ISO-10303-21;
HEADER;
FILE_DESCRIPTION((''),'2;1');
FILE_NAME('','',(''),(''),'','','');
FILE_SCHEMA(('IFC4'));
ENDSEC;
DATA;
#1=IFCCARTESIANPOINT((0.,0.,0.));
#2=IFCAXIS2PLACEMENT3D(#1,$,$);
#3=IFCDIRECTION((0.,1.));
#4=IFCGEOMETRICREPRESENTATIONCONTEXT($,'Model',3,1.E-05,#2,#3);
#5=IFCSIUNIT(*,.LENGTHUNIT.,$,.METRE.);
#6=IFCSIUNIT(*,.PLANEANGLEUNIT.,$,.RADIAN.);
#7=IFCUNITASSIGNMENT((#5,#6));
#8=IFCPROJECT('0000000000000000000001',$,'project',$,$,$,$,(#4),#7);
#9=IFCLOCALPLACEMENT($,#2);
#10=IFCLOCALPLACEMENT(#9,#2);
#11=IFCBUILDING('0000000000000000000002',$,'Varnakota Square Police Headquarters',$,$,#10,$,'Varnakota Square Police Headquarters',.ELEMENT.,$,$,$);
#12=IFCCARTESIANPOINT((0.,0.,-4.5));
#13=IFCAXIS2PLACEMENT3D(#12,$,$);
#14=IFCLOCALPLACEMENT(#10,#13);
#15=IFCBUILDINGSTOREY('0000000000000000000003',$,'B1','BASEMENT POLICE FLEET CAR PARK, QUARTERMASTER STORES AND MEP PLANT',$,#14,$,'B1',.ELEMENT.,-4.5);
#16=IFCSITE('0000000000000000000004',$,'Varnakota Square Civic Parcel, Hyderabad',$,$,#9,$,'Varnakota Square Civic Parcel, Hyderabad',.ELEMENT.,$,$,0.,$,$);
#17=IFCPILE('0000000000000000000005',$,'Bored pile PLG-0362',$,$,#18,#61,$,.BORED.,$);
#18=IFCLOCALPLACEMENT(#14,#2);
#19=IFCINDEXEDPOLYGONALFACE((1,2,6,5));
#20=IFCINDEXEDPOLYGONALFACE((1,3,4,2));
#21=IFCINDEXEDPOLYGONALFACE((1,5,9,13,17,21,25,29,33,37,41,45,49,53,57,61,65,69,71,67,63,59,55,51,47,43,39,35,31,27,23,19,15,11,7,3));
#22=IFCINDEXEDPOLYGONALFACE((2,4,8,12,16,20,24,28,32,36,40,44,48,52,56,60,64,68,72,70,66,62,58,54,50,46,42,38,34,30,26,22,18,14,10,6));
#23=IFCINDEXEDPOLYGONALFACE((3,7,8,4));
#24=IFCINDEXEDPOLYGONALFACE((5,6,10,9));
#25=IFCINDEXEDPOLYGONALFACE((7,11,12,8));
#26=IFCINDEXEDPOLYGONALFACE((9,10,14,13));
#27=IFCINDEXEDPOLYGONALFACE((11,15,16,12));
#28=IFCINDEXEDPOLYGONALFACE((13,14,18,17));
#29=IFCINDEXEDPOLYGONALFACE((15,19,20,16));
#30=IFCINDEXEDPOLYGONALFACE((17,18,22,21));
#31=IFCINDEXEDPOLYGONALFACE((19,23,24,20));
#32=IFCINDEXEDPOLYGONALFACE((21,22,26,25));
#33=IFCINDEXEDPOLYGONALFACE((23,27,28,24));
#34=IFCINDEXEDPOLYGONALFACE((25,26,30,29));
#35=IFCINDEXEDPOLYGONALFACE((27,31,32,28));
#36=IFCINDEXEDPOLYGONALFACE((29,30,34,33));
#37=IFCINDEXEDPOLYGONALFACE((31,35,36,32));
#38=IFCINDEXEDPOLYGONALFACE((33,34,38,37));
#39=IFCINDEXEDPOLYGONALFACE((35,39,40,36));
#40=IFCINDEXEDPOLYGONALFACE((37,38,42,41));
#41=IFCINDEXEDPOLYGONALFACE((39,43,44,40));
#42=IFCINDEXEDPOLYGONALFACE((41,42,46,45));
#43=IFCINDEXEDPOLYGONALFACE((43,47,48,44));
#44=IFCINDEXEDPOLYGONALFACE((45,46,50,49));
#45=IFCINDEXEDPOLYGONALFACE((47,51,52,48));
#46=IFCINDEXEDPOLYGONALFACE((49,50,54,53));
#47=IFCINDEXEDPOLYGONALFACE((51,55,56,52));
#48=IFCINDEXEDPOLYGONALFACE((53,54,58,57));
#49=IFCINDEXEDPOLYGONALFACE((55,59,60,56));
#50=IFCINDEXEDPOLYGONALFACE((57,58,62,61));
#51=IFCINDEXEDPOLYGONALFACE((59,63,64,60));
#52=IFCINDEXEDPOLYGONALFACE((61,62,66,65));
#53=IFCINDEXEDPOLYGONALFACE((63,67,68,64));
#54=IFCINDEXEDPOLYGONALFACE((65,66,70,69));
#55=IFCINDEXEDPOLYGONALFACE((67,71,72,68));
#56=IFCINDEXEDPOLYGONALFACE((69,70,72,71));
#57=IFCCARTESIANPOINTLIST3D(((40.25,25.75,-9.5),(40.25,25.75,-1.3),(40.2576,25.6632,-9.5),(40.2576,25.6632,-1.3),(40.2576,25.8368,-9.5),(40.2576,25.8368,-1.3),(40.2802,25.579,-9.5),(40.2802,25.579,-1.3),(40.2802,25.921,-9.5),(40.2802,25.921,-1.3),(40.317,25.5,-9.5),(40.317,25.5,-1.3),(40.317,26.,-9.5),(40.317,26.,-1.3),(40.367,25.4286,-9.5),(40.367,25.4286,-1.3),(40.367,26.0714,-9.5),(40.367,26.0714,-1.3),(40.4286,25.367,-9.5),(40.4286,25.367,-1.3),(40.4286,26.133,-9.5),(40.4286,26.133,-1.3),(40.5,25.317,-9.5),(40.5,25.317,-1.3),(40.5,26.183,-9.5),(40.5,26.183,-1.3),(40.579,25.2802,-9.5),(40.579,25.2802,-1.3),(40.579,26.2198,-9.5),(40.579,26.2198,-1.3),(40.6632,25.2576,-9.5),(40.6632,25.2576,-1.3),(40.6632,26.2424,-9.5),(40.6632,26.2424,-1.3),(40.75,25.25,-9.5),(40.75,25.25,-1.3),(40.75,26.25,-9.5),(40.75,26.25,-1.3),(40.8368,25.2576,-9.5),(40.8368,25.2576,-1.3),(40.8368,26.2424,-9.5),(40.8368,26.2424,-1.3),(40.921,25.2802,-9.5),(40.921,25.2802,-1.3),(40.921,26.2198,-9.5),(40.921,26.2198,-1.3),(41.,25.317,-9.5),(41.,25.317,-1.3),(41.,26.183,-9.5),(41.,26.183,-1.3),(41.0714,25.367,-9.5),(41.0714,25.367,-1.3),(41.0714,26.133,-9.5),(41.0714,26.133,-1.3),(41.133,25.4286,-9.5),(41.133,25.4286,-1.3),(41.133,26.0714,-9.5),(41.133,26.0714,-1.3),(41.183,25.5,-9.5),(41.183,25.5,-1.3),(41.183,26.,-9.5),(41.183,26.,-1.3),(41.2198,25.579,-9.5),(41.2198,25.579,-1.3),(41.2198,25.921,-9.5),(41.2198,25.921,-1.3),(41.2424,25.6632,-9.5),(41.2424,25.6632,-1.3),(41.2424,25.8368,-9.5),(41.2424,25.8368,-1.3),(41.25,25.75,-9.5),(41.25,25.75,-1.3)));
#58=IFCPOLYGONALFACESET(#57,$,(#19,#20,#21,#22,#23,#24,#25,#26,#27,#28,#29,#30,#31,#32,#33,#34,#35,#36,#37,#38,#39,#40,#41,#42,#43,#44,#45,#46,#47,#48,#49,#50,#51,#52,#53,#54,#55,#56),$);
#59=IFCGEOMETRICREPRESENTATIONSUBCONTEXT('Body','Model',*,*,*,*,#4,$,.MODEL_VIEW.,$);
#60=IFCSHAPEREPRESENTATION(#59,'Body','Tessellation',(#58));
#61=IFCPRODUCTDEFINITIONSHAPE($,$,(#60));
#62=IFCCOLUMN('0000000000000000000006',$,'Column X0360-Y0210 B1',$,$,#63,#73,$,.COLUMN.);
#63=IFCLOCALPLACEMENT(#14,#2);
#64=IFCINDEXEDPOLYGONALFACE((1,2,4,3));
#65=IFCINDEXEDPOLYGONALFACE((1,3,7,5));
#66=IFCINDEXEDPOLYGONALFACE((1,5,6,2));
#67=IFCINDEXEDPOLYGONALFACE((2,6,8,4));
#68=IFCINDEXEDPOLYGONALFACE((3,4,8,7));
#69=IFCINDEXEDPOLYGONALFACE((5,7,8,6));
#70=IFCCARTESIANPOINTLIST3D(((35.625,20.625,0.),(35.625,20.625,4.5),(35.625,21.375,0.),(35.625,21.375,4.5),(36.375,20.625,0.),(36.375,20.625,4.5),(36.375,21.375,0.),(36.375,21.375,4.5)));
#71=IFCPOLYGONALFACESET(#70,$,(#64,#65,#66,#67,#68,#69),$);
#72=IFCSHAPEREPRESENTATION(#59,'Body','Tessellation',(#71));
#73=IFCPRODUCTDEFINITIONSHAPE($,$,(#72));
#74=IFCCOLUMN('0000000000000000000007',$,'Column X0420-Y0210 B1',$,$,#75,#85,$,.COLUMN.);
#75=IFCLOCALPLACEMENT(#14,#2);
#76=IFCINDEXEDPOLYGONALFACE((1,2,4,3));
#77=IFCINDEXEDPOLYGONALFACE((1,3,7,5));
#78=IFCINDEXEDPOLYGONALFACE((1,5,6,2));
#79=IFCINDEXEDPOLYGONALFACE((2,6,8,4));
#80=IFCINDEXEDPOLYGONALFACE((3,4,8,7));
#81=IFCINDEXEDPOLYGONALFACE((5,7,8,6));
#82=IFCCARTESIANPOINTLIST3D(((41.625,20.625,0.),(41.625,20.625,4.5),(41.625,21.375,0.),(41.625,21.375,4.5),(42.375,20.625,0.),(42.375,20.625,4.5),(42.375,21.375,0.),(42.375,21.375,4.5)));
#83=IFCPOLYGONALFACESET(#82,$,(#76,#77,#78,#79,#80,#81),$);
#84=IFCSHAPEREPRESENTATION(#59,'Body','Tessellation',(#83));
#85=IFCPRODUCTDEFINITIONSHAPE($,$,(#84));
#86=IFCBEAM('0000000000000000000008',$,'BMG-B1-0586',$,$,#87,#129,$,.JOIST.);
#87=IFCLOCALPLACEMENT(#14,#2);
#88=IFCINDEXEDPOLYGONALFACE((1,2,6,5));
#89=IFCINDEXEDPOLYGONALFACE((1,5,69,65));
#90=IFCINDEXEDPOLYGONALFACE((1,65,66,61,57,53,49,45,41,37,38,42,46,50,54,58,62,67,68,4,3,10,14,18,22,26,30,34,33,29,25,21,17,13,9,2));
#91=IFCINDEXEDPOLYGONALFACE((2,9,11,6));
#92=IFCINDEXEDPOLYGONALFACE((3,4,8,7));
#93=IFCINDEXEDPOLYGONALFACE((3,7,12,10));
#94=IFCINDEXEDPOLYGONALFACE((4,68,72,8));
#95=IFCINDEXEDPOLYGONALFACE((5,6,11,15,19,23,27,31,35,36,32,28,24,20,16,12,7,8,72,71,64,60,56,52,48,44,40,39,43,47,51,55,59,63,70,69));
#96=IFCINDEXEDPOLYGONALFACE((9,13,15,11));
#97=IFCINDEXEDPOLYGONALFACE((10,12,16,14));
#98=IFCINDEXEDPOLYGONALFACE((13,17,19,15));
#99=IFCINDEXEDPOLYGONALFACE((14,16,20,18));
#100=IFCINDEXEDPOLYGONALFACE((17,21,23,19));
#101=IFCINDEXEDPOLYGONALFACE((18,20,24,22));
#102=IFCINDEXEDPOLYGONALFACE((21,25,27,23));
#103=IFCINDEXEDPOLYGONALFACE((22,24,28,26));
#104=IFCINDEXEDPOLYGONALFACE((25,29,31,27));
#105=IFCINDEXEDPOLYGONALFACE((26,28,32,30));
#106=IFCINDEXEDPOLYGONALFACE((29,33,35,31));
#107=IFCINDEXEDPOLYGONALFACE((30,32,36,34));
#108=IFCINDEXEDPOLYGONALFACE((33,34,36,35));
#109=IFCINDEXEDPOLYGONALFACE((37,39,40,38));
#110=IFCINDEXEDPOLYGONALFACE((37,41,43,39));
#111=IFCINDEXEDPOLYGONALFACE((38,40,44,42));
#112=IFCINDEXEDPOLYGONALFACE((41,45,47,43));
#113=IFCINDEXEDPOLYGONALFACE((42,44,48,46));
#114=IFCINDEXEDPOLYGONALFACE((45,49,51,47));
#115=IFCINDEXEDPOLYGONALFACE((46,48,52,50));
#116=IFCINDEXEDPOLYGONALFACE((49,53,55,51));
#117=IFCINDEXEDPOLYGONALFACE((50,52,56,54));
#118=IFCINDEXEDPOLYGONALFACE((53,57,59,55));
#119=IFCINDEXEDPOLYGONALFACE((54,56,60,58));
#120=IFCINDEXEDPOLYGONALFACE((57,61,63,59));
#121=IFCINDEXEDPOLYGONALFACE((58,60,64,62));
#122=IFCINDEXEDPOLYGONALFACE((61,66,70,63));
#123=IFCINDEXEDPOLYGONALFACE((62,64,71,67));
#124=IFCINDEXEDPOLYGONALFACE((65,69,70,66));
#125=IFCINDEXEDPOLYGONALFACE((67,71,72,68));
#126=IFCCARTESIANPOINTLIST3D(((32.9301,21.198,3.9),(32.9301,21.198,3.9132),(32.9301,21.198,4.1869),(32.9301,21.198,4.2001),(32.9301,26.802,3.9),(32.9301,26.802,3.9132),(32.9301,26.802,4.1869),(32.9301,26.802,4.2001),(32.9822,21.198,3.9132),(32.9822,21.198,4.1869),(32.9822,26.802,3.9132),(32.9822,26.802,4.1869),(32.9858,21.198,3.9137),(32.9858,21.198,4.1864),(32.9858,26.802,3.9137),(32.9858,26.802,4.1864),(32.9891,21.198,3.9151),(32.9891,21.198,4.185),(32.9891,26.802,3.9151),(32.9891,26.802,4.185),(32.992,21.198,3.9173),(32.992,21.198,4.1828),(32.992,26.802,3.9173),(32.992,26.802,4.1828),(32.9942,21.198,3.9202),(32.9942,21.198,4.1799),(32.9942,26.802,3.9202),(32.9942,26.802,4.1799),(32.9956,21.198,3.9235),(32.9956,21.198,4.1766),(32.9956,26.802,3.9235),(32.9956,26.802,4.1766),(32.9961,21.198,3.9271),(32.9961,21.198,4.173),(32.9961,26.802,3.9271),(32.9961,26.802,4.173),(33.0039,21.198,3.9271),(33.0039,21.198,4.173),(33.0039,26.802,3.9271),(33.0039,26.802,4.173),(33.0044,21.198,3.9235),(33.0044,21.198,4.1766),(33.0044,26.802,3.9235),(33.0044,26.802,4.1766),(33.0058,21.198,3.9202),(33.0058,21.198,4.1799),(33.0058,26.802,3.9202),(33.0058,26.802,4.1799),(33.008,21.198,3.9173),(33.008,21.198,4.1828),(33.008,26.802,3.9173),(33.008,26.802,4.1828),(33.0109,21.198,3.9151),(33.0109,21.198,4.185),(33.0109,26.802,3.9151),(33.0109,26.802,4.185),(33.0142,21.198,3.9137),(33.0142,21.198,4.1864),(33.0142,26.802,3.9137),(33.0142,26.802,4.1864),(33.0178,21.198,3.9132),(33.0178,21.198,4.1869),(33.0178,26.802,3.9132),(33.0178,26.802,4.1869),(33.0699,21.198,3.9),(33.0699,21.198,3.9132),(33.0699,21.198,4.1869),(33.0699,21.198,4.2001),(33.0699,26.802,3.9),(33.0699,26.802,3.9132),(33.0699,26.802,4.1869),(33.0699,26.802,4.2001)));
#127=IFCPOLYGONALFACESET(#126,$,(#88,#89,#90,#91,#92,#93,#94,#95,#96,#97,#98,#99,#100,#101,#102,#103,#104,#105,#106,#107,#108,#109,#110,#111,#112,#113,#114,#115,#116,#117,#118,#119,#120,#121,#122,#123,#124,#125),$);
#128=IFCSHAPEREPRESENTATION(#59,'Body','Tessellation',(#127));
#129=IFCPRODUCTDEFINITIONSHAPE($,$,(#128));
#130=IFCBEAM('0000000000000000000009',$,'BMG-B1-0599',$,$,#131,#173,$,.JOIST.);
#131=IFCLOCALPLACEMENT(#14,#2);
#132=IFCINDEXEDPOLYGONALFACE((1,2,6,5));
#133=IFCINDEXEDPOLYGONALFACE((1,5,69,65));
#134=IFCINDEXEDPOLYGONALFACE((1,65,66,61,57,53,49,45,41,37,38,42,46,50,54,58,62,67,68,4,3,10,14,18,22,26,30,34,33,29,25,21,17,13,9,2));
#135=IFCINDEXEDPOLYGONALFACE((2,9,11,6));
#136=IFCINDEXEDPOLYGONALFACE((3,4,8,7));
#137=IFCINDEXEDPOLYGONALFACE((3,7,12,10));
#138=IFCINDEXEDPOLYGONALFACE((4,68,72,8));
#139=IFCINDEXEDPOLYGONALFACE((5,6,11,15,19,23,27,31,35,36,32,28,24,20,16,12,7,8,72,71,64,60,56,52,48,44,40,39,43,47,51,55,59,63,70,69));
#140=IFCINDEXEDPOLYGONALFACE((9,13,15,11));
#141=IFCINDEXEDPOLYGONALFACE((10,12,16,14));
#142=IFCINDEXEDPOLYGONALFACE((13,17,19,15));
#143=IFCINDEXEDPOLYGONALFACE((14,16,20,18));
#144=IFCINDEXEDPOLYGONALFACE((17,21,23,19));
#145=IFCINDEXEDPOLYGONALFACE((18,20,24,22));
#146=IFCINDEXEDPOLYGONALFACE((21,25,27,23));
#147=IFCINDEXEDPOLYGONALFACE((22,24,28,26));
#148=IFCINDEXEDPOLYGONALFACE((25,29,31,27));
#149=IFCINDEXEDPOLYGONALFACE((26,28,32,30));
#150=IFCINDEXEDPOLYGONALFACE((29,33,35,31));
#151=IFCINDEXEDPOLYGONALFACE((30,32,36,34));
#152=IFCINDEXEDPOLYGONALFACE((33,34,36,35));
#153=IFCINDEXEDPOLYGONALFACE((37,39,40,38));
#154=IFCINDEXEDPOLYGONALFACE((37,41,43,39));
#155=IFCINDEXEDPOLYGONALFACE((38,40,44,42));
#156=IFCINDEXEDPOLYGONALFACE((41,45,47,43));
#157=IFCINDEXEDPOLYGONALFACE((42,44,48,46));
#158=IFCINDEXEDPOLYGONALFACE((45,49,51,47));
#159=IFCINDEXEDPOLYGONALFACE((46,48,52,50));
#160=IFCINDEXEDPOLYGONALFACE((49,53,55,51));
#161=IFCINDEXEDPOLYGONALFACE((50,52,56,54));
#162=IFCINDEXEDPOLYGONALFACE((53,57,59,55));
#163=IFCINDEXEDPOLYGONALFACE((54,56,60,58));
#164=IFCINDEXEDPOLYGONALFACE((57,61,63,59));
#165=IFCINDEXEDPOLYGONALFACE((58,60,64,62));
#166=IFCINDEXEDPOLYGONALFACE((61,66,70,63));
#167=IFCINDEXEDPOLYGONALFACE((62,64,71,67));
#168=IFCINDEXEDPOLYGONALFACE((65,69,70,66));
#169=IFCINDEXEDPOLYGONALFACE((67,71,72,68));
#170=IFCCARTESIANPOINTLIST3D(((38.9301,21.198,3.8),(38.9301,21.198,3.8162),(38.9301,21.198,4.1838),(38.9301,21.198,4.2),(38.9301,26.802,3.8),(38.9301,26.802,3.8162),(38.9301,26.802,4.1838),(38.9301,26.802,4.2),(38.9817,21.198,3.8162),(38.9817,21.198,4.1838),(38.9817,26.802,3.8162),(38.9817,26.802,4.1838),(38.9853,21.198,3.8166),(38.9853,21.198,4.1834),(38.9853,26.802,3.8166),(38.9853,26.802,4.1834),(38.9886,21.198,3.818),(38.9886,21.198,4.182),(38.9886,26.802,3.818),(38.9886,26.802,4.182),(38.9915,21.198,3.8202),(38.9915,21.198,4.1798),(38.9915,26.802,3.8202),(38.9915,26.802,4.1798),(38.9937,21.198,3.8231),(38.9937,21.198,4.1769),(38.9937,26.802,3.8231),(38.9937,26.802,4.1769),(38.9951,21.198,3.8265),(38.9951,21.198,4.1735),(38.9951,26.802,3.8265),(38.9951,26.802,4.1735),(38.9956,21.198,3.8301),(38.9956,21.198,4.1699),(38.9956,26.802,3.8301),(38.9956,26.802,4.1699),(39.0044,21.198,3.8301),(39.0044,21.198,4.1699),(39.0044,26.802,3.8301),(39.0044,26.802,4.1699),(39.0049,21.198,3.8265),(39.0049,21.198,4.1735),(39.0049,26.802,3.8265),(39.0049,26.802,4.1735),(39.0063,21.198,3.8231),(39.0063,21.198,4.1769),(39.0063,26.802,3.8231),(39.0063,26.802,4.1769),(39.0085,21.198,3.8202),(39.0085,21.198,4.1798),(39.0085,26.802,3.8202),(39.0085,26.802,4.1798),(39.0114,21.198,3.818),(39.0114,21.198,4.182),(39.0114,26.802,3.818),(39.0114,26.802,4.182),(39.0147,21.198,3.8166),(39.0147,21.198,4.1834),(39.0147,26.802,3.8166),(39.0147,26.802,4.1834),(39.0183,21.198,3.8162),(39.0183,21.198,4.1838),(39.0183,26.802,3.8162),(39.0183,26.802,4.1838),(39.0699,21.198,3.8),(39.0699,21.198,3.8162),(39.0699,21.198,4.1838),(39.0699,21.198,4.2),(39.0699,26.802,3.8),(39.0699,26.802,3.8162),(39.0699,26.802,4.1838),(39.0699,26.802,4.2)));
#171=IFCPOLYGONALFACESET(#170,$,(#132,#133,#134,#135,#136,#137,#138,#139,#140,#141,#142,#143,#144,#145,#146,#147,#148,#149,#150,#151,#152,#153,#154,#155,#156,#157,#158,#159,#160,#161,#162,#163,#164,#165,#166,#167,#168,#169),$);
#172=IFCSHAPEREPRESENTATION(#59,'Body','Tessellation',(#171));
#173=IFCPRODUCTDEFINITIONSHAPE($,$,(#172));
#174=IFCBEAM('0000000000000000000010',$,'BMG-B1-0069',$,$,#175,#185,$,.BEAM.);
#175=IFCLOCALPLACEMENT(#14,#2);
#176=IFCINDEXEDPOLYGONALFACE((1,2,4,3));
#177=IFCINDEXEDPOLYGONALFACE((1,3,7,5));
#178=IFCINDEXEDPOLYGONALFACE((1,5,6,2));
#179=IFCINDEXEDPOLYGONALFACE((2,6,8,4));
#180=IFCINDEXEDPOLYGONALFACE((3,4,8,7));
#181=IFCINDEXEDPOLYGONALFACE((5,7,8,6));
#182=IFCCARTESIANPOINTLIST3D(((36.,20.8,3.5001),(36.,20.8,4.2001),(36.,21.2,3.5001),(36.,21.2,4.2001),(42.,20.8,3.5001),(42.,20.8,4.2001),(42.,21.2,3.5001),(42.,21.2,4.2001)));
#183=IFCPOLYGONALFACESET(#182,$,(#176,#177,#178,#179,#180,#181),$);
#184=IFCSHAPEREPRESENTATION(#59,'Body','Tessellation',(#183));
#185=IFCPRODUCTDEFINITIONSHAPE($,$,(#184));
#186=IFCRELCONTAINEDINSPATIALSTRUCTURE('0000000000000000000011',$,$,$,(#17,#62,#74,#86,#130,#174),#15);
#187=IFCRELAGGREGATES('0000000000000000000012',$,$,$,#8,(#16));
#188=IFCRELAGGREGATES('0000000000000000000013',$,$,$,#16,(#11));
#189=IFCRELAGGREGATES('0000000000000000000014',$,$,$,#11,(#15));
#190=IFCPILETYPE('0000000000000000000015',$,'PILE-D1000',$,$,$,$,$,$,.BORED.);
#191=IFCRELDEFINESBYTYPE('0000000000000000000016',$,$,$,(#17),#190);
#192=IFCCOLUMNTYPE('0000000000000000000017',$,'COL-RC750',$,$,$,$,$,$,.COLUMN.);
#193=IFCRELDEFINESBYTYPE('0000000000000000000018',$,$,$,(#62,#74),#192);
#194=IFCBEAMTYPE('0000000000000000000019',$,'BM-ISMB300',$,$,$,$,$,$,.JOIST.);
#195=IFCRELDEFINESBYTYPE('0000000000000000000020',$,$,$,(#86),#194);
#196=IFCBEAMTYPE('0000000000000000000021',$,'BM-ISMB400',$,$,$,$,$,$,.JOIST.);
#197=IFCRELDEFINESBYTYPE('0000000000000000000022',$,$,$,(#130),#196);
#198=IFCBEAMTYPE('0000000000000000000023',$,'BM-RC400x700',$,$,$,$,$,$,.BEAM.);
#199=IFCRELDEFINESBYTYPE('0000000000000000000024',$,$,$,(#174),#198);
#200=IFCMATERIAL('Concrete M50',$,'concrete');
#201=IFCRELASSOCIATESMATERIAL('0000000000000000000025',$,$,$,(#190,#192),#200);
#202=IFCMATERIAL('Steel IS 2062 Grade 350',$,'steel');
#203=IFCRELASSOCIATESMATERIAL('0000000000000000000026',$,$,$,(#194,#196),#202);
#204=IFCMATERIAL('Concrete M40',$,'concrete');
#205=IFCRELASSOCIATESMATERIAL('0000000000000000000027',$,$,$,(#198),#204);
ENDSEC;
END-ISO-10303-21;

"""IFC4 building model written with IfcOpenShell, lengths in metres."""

from ifc_helpers import new_model, si_unit, direction, frame, origin, origin_2d, place, context, subcontext, project, spatial, rectangle, circle, i_section, extrude, material, material_profile, profile_set, type_object, element, save


model = new_model("IFC4")

# Units and contexts
model_context = context("Model", 3, precision=1e-05, world=origin(), true_north=direction((0.0, 1.0)))
body_context = subcontext(model_context, "Body", "Model", "MODEL_VIEW")
ifc_project = project(units=[si_unit("LENGTHUNIT", "METRE"), si_unit("PLANEANGLEUNIT", "RADIAN")], contexts=[model_context])

# Site, building, storey
site_placement = place(None, origin())
site = spatial("IfcSite", under=ifc_project, at=site_placement, Name="Varnakota Square Civic Parcel, Hyderabad", LongName="Varnakota Square Civic Parcel, Hyderabad", CompositionType="ELEMENT", RefElevation=0.0)
building_placement = place(site_placement, origin())
building = spatial("IfcBuilding", under=site, at=building_placement, Name="Varnakota Square Police Headquarters", LongName="Varnakota Square Police Headquarters", CompositionType="ELEMENT")
storey_placement = place(building_placement, frame((0.0, 0.0, -4.5)))
storey = spatial("IfcBuildingStorey", under=building, at=storey_placement, Name="B1", Description="BASEMENT POLICE FLEET CAR PARK, QUARTERMASTER STORES AND MEP PLANT", LongName="B1", CompositionType="ELEMENT", Elevation=-4.5)

# Shared definitions
ifc_material_1 = material(Name="Concrete M40", Category="concrete")
ifc_material_2 = material(Name="Concrete M50", Category="concrete")

# Pile
ifc_material_profile_1 = material_profile(ifc_material_2, circle(Radius=0.5, at=origin_2d()), Name="BORED PILE 1000")
ifc_profile_set_1 = profile_set([ifc_material_profile_1], Name="Concrete M50")
pile_type = type_object("IfcPileType", Name="PILE-D1000", PredefinedType="BORED", material=ifc_profile_set_1)
for number, where, z_axis, x_axis, name in (
    (1, (40.75, 25.75, -1.3), (0.0, 0.0, -1.0), (1.0, 0.0, 0.0), "Bored pile PLG-0362"),
):
    element("IfcPile", number, at=place(storey_placement, frame(where, z_axis=z_axis, x_axis=x_axis)), inside=storey, type_object=pile_type, Name=name, PredefinedType="BORED", context=body_context, shape_type="SweptSolid", body=[
        extrude(circle(Radius=0.5, at=origin_2d()), origin(), (0.0, 0.0, 1.0), 8.2),
    ])

# Columns
ifc_material_profile_2 = material_profile(ifc_material_2, rectangle(XDim=0.75, YDim=0.75, at=origin_2d()), Name="RC 750x750")
ifc_profile_set_2 = profile_set([ifc_material_profile_2], Name="Concrete M50")
column_type = type_object("IfcColumnType", Name="COL-RC750", PredefinedType="COLUMN", material=ifc_profile_set_2)
for number, where, z_axis, x_axis, name in (
    (2, (36.0, 21.0, 0.0), (0.0, 0.0, 1.0), (1.0, 0.0, 0.0), "Column X0360-Y0210 B1"),
    (3, (42.0, 21.0, 0.0), (0.0, 0.0, 1.0), (1.0, 0.0, 0.0), "Column X0420-Y0210 B1"),
):
    element("IfcColumn", number, at=place(storey_placement, frame(where, z_axis=z_axis, x_axis=x_axis)), inside=storey, type_object=column_type, Name=name, PredefinedType="COLUMN", context=body_context, shape_type="SweptSolid", body=[
        extrude(rectangle(XDim=0.75, YDim=0.75, at=origin_2d()), origin(), (0.0, 0.0, 1.0), 4.5),
    ])

# Beams
ifc_material_3 = material(Name="Steel IS 2062 Grade 350", Category="steel")
ifc_material_profile_3 = material_profile(ifc_material_3, i_section(OverallWidth=0.1399, OverallDepth=0.3, WebThickness=0.0078, FlangeThickness=0.0132, FilletRadius=0.0139, at=origin_2d()), Name="ISMB 300")
ifc_profile_set_3 = profile_set([ifc_material_profile_3], Name="Steel IS 2062 Grade 350")
beam_type_1 = type_object("IfcBeamType", Name="BM-ISMB300", PredefinedType="JOIST", material=ifc_profile_set_3)
beam_1_placement = place(storey_placement, frame((33.0, 21.198, 4.05), z_axis=(0.0, 1.0, 0.0), x_axis=(-1.0, 0.0, 0.0)))
element("IfcBeam", 4, at=beam_1_placement, inside=storey, type_object=beam_type_1, Name="BMG-B1-0586", PredefinedType="JOIST", context=body_context, shape_type="SweptSolid", body=[
    extrude(i_section(OverallWidth=0.1399, OverallDepth=0.3, WebThickness=0.0078, FlangeThickness=0.0132, FilletRadius=0.0139, at=origin_2d()), origin(), (0.0, 0.0, 1.0), 5.604),
])
ifc_material_profile_4 = material_profile(ifc_material_3, i_section(OverallWidth=0.1399, OverallDepth=0.3999, WebThickness=0.0088, FlangeThickness=0.0161, FilletRadius=0.0139, at=origin_2d()), Name="ISMB 400")
ifc_profile_set_4 = profile_set([ifc_material_profile_4], Name="Steel IS 2062 Grade 350")
beam_type_2 = type_object("IfcBeamType", Name="BM-ISMB400", PredefinedType="JOIST", material=ifc_profile_set_4)
beam_2_placement = place(storey_placement, frame((39.0, 21.198, 4.0), z_axis=(0.0, 1.0, 0.0), x_axis=(-1.0, 0.0, 0.0)))
element("IfcBeam", 5, at=beam_2_placement, inside=storey, type_object=beam_type_2, Name="BMG-B1-0599", PredefinedType="JOIST", context=body_context, shape_type="SweptSolid", body=[
    extrude(i_section(OverallWidth=0.1399, OverallDepth=0.3999, WebThickness=0.0088, FlangeThickness=0.0161, FilletRadius=0.0139, at=origin_2d()), origin(), (0.0, 0.0, 1.0), 5.604),
])
ifc_material_profile_5 = material_profile(ifc_material_1, rectangle(XDim=0.3999, YDim=0.7, at=origin_2d()), Name="RC 400x700")
ifc_profile_set_5 = profile_set([ifc_material_profile_5], Name="Concrete M40")
beam_type_3 = type_object("IfcBeamType", Name="BM-RC400x700", PredefinedType="BEAM", material=ifc_profile_set_5)
for number, where, z_axis, x_axis, name in (
    (6, (36.0, 21.0, 3.8501), (1.0, 0.0, 0.0), (0.0, 1.0, 0.0), "BMG-B1-0069"),
):
    element("IfcBeam", number, at=place(storey_placement, frame(where, z_axis=z_axis, x_axis=x_axis)), inside=storey, type_object=beam_type_3, Name=name, PredefinedType="BEAM", context=body_context, shape_type="SweptSolid", body=[
        extrude(rectangle(XDim=0.3999, YDim=0.7, at=origin_2d()), origin(), (0.0, 0.0, 1.0), 6.0),
    ])

save(model, "model.ifc")
